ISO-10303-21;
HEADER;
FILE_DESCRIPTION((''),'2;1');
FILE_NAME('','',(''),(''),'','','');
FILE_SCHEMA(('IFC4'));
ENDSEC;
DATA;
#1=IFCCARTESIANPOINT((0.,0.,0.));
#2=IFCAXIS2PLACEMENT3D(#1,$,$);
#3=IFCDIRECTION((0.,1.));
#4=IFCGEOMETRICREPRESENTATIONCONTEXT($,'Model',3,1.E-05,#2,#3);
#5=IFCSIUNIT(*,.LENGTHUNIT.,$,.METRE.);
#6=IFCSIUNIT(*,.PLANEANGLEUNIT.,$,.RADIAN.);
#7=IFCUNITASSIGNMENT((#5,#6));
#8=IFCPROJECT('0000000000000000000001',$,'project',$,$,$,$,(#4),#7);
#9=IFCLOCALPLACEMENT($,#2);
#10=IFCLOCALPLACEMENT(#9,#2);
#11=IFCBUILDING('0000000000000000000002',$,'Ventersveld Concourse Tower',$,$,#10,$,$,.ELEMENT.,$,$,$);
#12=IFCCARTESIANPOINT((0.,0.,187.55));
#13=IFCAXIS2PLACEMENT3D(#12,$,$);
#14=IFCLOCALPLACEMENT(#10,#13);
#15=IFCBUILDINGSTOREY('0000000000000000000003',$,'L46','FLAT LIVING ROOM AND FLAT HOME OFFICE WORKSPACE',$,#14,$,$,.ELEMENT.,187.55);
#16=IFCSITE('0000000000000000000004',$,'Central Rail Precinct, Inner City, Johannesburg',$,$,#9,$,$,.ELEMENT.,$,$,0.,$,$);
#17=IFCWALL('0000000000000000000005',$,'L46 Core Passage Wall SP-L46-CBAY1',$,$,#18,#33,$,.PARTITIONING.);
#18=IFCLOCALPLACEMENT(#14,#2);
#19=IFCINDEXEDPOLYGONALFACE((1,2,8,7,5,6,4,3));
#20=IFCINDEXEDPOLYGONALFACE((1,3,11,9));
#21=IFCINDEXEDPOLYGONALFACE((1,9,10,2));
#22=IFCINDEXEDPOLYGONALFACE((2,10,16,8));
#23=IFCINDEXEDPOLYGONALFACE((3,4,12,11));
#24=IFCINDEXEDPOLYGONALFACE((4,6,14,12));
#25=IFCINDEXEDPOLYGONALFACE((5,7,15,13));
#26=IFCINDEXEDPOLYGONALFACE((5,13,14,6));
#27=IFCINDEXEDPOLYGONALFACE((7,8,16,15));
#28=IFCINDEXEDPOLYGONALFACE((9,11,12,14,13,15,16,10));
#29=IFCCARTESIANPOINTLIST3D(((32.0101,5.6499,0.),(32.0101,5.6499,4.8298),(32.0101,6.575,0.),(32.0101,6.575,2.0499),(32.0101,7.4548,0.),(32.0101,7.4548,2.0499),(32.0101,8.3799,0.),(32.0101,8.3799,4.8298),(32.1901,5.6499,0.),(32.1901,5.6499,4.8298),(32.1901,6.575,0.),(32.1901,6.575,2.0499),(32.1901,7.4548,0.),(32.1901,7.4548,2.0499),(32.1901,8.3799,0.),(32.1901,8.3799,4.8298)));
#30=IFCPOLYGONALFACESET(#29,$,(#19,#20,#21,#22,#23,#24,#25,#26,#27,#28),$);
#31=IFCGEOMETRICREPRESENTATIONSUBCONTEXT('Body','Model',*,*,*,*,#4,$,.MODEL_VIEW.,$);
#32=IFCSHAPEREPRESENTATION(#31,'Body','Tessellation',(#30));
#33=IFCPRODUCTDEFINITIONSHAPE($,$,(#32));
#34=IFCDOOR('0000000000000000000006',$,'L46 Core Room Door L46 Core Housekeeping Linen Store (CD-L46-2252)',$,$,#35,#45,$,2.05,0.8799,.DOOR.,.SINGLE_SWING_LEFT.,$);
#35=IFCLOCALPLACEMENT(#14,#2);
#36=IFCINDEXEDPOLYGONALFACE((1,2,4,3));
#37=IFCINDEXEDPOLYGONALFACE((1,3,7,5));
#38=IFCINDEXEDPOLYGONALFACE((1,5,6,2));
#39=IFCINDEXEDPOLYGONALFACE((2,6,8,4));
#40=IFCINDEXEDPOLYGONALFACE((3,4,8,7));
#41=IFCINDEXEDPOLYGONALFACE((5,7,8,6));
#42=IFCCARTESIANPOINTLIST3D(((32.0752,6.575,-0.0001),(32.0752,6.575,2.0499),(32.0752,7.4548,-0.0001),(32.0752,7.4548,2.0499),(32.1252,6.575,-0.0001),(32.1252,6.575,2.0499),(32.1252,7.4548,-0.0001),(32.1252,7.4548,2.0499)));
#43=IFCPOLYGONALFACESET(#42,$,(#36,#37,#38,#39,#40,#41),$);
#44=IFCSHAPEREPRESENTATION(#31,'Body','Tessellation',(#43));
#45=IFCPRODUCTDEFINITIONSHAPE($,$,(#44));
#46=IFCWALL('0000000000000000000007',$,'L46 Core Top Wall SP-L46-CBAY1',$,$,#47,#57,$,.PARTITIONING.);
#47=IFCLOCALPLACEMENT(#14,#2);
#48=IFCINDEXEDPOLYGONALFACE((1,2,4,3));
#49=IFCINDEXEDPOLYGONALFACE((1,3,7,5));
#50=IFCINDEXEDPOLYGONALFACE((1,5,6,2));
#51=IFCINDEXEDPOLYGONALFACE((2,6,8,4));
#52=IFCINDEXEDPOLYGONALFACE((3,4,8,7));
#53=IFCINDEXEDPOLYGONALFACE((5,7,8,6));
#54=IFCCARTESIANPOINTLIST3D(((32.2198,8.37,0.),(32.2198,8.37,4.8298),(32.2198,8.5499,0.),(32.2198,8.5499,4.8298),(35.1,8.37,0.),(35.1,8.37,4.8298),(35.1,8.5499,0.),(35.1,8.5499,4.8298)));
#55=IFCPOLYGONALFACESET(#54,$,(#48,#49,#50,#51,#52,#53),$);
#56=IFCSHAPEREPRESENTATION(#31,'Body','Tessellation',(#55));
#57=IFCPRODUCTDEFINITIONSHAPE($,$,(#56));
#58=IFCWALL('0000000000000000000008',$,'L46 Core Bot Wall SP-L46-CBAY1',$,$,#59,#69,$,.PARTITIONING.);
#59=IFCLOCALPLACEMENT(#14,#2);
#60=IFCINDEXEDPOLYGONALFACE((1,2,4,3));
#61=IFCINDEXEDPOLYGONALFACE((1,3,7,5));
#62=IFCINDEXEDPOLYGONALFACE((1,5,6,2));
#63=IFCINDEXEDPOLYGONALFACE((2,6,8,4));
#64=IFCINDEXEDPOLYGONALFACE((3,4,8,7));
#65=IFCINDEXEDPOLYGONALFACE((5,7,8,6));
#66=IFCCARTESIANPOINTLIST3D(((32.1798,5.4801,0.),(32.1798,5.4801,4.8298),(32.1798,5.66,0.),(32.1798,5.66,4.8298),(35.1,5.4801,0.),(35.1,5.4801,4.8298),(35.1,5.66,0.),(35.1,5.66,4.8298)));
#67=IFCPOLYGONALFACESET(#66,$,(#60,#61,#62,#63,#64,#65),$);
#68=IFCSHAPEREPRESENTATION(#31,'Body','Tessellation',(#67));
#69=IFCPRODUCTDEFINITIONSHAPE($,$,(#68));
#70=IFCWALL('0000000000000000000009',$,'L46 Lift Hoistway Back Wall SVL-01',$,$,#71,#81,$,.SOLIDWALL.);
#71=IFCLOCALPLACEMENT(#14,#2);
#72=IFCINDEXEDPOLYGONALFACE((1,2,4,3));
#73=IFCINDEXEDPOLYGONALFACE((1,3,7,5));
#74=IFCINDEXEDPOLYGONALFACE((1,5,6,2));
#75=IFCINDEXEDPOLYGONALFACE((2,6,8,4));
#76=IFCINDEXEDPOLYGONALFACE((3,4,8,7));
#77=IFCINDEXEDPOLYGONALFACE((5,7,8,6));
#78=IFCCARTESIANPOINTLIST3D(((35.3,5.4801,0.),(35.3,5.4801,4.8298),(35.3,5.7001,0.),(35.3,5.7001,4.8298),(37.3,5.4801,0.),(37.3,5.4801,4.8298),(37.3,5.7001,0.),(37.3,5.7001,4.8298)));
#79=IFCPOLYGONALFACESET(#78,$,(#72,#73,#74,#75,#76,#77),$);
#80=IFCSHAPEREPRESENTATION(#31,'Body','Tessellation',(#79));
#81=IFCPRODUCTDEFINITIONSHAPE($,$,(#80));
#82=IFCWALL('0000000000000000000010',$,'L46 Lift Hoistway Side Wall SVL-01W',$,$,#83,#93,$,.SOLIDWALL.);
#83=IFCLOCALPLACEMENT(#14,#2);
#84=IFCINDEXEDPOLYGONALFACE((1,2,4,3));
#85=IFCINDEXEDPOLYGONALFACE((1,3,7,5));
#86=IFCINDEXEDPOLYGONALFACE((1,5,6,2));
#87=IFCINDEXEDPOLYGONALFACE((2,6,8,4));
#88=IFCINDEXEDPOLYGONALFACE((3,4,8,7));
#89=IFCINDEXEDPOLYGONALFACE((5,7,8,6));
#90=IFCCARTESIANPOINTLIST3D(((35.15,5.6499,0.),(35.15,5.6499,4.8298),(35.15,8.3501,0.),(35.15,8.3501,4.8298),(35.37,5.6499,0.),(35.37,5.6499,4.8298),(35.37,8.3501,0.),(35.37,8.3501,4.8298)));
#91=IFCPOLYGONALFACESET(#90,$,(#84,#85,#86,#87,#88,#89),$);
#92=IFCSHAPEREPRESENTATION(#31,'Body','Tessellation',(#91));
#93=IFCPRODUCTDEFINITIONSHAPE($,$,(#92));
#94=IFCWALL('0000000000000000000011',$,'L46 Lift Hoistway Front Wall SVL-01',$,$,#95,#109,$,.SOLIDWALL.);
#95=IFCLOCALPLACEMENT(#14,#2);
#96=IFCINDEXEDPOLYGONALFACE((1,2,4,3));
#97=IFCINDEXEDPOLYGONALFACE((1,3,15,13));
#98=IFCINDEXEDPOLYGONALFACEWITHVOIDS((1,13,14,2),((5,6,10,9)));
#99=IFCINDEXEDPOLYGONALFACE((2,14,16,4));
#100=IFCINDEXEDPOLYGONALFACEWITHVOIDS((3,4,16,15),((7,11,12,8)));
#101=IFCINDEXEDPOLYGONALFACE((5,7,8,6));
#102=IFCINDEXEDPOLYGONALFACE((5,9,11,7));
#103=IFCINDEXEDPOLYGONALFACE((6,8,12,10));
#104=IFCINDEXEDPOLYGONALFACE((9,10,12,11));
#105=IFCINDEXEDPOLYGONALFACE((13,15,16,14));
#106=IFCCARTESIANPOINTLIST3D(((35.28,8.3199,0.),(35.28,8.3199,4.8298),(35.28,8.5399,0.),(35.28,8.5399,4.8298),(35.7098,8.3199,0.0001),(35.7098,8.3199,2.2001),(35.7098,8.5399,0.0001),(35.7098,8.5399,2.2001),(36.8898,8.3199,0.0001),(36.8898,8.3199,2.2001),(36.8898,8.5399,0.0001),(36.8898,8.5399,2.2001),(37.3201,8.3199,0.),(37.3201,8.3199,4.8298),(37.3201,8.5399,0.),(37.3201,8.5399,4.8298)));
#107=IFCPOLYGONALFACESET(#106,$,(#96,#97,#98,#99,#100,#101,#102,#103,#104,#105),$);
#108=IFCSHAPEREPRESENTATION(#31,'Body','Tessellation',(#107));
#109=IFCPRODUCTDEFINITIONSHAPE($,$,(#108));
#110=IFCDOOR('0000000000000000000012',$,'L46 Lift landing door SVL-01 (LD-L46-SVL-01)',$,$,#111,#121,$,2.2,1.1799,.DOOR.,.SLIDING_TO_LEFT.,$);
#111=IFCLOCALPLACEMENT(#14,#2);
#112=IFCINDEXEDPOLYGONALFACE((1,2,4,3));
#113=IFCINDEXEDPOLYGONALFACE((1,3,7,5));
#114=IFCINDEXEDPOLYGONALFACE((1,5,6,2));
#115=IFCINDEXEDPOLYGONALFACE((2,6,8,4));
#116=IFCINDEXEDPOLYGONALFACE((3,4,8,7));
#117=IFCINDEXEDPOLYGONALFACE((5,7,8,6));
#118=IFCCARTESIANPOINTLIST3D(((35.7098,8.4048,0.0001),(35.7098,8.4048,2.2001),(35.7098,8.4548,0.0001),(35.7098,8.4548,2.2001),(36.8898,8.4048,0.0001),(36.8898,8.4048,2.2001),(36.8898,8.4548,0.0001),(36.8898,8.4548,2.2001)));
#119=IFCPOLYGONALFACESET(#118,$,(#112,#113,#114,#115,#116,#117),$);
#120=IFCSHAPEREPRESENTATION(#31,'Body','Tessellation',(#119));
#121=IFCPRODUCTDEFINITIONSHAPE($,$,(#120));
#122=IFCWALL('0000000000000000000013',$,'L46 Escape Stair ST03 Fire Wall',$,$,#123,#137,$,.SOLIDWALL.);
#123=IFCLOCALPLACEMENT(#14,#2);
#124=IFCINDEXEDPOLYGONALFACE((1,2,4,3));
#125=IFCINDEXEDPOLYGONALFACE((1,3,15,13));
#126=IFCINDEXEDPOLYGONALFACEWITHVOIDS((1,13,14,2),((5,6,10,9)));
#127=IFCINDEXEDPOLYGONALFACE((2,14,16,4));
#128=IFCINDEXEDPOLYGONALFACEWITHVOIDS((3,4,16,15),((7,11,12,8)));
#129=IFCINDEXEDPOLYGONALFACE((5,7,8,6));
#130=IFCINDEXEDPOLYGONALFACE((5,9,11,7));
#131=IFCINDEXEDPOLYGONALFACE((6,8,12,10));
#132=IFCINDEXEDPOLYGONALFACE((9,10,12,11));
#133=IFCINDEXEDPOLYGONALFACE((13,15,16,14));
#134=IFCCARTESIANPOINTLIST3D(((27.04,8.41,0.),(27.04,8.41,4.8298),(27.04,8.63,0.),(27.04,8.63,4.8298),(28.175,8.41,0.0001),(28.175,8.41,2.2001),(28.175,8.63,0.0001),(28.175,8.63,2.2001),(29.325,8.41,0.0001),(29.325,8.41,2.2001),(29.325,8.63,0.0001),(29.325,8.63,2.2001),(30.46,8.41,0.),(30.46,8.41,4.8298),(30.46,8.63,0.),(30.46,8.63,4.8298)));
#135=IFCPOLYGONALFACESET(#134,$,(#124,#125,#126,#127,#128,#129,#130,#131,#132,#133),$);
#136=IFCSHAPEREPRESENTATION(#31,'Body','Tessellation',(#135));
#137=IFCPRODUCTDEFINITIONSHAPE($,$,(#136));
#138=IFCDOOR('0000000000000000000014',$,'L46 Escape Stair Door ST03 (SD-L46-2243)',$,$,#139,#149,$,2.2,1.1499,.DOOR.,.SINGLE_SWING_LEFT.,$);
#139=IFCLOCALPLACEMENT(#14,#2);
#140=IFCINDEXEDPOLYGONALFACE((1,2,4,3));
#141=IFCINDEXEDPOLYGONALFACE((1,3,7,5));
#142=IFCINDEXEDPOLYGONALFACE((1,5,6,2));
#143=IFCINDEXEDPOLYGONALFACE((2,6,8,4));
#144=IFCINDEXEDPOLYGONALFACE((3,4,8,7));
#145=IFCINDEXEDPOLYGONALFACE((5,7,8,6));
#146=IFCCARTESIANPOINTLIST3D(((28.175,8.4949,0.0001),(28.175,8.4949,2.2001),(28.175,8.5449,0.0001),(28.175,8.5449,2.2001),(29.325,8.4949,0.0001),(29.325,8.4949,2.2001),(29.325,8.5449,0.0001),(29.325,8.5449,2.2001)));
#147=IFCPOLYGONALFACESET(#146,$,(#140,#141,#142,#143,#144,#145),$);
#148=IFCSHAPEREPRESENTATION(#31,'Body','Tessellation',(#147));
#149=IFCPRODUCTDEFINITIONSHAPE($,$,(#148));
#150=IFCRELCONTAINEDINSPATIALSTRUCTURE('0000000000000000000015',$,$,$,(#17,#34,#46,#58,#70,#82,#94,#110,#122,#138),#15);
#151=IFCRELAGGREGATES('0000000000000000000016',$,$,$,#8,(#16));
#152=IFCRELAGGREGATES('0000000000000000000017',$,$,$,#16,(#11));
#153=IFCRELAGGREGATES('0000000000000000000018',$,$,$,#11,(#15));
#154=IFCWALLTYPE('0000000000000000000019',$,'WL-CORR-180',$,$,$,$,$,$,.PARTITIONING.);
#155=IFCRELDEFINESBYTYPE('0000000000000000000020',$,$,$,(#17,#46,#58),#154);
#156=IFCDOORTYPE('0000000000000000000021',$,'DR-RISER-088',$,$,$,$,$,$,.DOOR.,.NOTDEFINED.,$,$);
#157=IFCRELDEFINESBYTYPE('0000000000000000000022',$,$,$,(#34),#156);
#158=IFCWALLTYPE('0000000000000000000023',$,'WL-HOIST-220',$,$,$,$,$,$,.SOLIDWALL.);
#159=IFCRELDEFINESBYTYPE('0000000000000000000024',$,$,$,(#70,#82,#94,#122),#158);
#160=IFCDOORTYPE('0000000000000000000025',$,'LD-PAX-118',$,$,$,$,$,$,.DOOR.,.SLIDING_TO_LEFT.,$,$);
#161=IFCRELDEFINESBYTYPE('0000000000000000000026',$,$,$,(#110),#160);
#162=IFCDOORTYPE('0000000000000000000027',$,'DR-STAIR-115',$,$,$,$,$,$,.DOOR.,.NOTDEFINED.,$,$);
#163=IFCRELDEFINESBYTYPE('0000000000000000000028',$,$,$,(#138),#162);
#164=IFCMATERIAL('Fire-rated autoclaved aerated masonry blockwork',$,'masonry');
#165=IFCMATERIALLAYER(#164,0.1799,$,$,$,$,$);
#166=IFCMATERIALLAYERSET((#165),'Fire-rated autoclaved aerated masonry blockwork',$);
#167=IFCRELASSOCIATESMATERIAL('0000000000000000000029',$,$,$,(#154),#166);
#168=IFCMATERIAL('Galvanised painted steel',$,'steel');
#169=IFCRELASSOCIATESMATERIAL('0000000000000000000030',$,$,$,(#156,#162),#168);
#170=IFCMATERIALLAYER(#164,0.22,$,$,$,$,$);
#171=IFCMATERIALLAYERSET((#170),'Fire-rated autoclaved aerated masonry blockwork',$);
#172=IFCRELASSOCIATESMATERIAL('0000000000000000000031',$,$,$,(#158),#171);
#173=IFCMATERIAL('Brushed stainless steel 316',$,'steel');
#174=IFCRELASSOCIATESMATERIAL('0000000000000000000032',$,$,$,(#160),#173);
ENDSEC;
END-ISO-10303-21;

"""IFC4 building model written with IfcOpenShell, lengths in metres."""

from ifc_helpers import new_model, si_unit, direction, frame, frame_2d, origin, place, context, subcontext, project, spatial, rectangle, extrude, material, layer, layer_set, type_object, element, fill, save


model = new_model("IFC4")

# Units and contexts
model_context = context("Model", 3, precision=1e-05, world=origin(), true_north=direction((0.0, 1.0)))
body_context = subcontext(model_context, "Body", "Model", "MODEL_VIEW")
ifc_project = project(units=[si_unit("LENGTHUNIT", "METRE"), si_unit("PLANEANGLEUNIT", "RADIAN")], contexts=[model_context])

# Site, building, storey
site_placement = place(None, origin())
site = spatial("IfcSite", under=ifc_project, at=site_placement, Name="Central Rail Precinct, Inner City, Johannesburg", CompositionType="ELEMENT", RefElevation=0.0)
building_placement = place(site_placement, origin())
building = spatial("IfcBuilding", under=site, at=building_placement, Name="Ventersveld Concourse Tower", CompositionType="ELEMENT")
storey_placement = place(building_placement, frame((0.0, 0.0, 187.55)))
storey = spatial("IfcBuildingStorey", under=building, at=storey_placement, Name="L46", Description="FLAT LIVING ROOM AND FLAT HOME OFFICE WORKSPACE", CompositionType="ELEMENT", Elevation=187.55)

# Wall, opening, door
ifc_material_1 = material(Name="Fire-rated autoclaved aerated masonry blockwork", Category="masonry")
ifc_layer_1 = layer(ifc_material_1, 0.1799)
ifc_layer_set_1 = layer_set([ifc_layer_1], Name="Fire-rated autoclaved aerated masonry blockwork")
wall_type_1 = type_object("IfcWallType", Name="WL-CORR-180", PredefinedType="PARTITIONING", material=ifc_layer_set_1)
wall_1_placement = place(storey_placement, frame((32.1001, 5.6499, 0.0), z_axis=(0.0, 0.0, 1.0), x_axis=(0.0, 1.0, 0.0)))
wall_1 = element("IfcWall", 1, at=wall_1_placement, inside=storey, type_object=wall_type_1, Name="L46 Core Passage Wall SP-L46-CBAY1", PredefinedType="PARTITIONING", context=body_context, shape_type="SweptSolid", body=[
    extrude(rectangle(XDim=2.73, YDim=0.1799, at=frame_2d((1.365, 0.0))), origin(), (0.0, 0.0, 1.0), 4.8298),
])
opening_1_placement = place(wall_1_placement, frame((0.925, 0.0, 0.0)))
opening_1 = element("IfcOpeningElement", 2, at=opening_1_placement, cuts=wall_1, PredefinedType="OPENING", context=body_context, shape_type="SweptSolid", body=[
    extrude(rectangle(XDim=0.8799, YDim=2.05, at=frame_2d((0.4399, 1.0249))), frame((0.0, 0.1001, 0.0), z_axis=(0.0, -1.0, 0.0), x_axis=(1.0, 0.0, 0.0)), (0.0, 0.0, 1.0), 0.2),
])
ifc_material_2 = material(Name="Galvanised painted steel", Category="steel")
door_type_1 = type_object("IfcDoorType", Name="DR-RISER-088", OperationType="NOTDEFINED", PredefinedType="DOOR", material=ifc_material_2)
door_1_placement = place(opening_1_placement, origin())
door_1 = element("IfcDoor", 3, at=door_1_placement, inside=storey, type_object=door_type_1, Name="L46 Core Room Door L46 Core Housekeeping Linen Store (CD-L46-2252)", OperationType="SINGLE_SWING_LEFT", OverallHeight=2.05, OverallWidth=0.8799, PredefinedType="DOOR", context=body_context, shape_type="SweptSolid", body=[
    extrude(rectangle(XDim=0.8799, YDim=2.05, at=frame_2d((0.4399, 1.0249))), frame((0.0, 0.0249, 0.0), z_axis=(0.0, -1.0, 0.0), x_axis=(1.0, 0.0, 0.0)), (0.0, 0.0, 1.0), 0.05),
])
fill(opening_1, door_1)

# Walls
wall_2_placement = place(storey_placement, frame((32.22, 8.46, 0.0), z_axis=(0.0, 0.0, 1.0), x_axis=(1.0, 0.0, 0.0)))
element("IfcWall", 4, at=wall_2_placement, inside=storey, type_object=wall_type_1, Name="L46 Core Top Wall SP-L46-CBAY1", PredefinedType="PARTITIONING", context=body_context, shape_type="SweptSolid", body=[
    extrude(rectangle(XDim=2.8801, YDim=0.1799, at=frame_2d((1.4399, 0.0))), origin(), (0.0, 0.0, 1.0), 4.8298),
])
wall_3_placement = place(storey_placement, frame((32.1799, 5.5701, 0.0), z_axis=(0.0, 0.0, 1.0), x_axis=(1.0, 0.0, 0.0)))
element("IfcWall", 5, at=wall_3_placement, inside=storey, type_object=wall_type_1, Name="L46 Core Bot Wall SP-L46-CBAY1", PredefinedType="PARTITIONING", context=body_context, shape_type="SweptSolid", body=[
    extrude(rectangle(XDim=2.9202, YDim=0.1799, at=frame_2d((1.46, 0.0))), origin(), (0.0, 0.0, 1.0), 4.8298),
])
ifc_layer_2 = layer(ifc_material_1, 0.22)
ifc_layer_set_2 = layer_set([ifc_layer_2], Name="Fire-rated autoclaved aerated masonry blockwork")
wall_type_2 = type_object("IfcWallType", Name="WL-HOIST-220", PredefinedType="SOLIDWALL", material=ifc_layer_set_2)
wall_4_placement = place(storey_placement, frame((35.3, 5.5901, 0.0), z_axis=(0.0, 0.0, 1.0), x_axis=(1.0, 0.0, 0.0)))
element("IfcWall", 6, at=wall_4_placement, inside=storey, type_object=wall_type_2, Name="L46 Lift Hoistway Back Wall SVL-01", PredefinedType="SOLIDWALL", context=body_context, shape_type="SweptSolid", body=[
    extrude(rectangle(XDim=2.0, YDim=0.22, at=frame_2d((1.0, 0.0))), origin(), (0.0, 0.0, 1.0), 4.8298),
])
wall_5_placement = place(storey_placement, frame((35.26, 5.6499, 0.0), z_axis=(0.0, 0.0, 1.0), x_axis=(0.0, 1.0, 0.0)))
element("IfcWall", 7, at=wall_5_placement, inside=storey, type_object=wall_type_2, Name="L46 Lift Hoistway Side Wall SVL-01W", PredefinedType="SOLIDWALL", context=body_context, shape_type="SweptSolid", body=[
    extrude(rectangle(XDim=2.7002, YDim=0.22, at=frame_2d((1.3501, 0.0))), origin(), (0.0, 0.0, 1.0), 4.8298),
])

# Walls, openings, doors
wall_6_placement = place(storey_placement, frame((35.28, 8.4299, 0.0), z_axis=(0.0, 0.0, 1.0), x_axis=(1.0, 0.0, 0.0)))
wall_6 = element("IfcWall", 8, at=wall_6_placement, inside=storey, type_object=wall_type_2, Name="L46 Lift Hoistway Front Wall SVL-01", PredefinedType="SOLIDWALL", context=body_context, shape_type="SweptSolid", body=[
    extrude(rectangle(XDim=2.04, YDim=0.22, at=frame_2d((1.02, 0.0))), origin(), (0.0, 0.0, 1.0), 4.8298),
])
opening_2_placement = place(wall_6_placement, frame((0.4299, 0.0, 0.0)))
opening_2 = element("IfcOpeningElement", 9, at=opening_2_placement, cuts=wall_6, PredefinedType="OPENING", context=body_context, shape_type="SweptSolid", body=[
    extrude(rectangle(XDim=1.1799, YDim=2.2, at=frame_2d((0.5898, 1.1001))), frame((0.0, 0.1201, 0.0), z_axis=(0.0, -1.0, 0.0), x_axis=(1.0, 0.0, 0.0)), (0.0, 0.0, 1.0), 0.24),
])
ifc_material_3 = material(Name="Brushed stainless steel 316", Category="steel")
door_type_2 = type_object("IfcDoorType", Name="LD-PAX-118", OperationType="SLIDING_TO_LEFT", PredefinedType="DOOR", material=ifc_material_3)
door_2_placement = place(opening_2_placement, origin())
door_2 = element("IfcDoor", 10, at=door_2_placement, inside=storey, type_object=door_type_2, Name="L46 Lift landing door SVL-01 (LD-L46-SVL-01)", OperationType="SLIDING_TO_LEFT", OverallHeight=2.2, OverallWidth=1.1799, PredefinedType="DOOR", context=body_context, shape_type="SweptSolid", body=[
    extrude(rectangle(XDim=1.1799, YDim=2.2, at=frame_2d((0.5898, 1.1001))), frame((0.0, 0.0249, 0.0), z_axis=(0.0, -1.0, 0.0), x_axis=(1.0, 0.0, 0.0)), (0.0, 0.0, 1.0), 0.05),
])
fill(opening_2, door_2)
wall_7_placement = place(storey_placement, frame((27.04, 8.52, 0.0), z_axis=(0.0, 0.0, 1.0), x_axis=(1.0, 0.0, 0.0)))
wall_7 = element("IfcWall", 11, at=wall_7_placement, inside=storey, type_object=wall_type_2, Name="L46 Escape Stair ST03 Fire Wall", PredefinedType="SOLIDWALL", context=body_context, shape_type="SweptSolid", body=[
    extrude(rectangle(XDim=3.4199, YDim=0.22, at=frame_2d((1.71, 0.0))), origin(), (0.0, 0.0, 1.0), 4.8298),
])
opening_3_placement = place(wall_7_placement, frame((1.135, 0.0, 0.0)))
opening_3 = element("IfcOpeningElement", 12, at=opening_3_placement, cuts=wall_7, PredefinedType="OPENING", context=body_context, shape_type="SweptSolid", body=[
    extrude(rectangle(XDim=1.1499, YDim=2.2, at=frame_2d((0.575, 1.1001))), frame((0.0, 0.1201, 0.0), z_axis=(0.0, -1.0, 0.0), x_axis=(1.0, 0.0, 0.0)), (0.0, 0.0, 1.0), 0.24),
])
door_type_3 = type_object("IfcDoorType", Name="DR-STAIR-115", OperationType="NOTDEFINED", PredefinedType="DOOR", material=ifc_material_2)
door_3_placement = place(opening_3_placement, origin())
door_3 = element("IfcDoor", 13, at=door_3_placement, inside=storey, type_object=door_type_3, Name="L46 Escape Stair Door ST03 (SD-L46-2243)", OperationType="SINGLE_SWING_LEFT", OverallHeight=2.2, OverallWidth=1.1499, PredefinedType="DOOR", context=body_context, shape_type="SweptSolid", body=[
    extrude(rectangle(XDim=1.1499, YDim=2.2, at=frame_2d((0.575, 1.1001))), frame((0.0, 0.0249, 0.0), z_axis=(0.0, -1.0, 0.0), x_axis=(1.0, 0.0, 0.0)), (0.0, 0.0, 1.0), 0.05),
])
fill(opening_3, door_3)

save(model, "model.ifc")
